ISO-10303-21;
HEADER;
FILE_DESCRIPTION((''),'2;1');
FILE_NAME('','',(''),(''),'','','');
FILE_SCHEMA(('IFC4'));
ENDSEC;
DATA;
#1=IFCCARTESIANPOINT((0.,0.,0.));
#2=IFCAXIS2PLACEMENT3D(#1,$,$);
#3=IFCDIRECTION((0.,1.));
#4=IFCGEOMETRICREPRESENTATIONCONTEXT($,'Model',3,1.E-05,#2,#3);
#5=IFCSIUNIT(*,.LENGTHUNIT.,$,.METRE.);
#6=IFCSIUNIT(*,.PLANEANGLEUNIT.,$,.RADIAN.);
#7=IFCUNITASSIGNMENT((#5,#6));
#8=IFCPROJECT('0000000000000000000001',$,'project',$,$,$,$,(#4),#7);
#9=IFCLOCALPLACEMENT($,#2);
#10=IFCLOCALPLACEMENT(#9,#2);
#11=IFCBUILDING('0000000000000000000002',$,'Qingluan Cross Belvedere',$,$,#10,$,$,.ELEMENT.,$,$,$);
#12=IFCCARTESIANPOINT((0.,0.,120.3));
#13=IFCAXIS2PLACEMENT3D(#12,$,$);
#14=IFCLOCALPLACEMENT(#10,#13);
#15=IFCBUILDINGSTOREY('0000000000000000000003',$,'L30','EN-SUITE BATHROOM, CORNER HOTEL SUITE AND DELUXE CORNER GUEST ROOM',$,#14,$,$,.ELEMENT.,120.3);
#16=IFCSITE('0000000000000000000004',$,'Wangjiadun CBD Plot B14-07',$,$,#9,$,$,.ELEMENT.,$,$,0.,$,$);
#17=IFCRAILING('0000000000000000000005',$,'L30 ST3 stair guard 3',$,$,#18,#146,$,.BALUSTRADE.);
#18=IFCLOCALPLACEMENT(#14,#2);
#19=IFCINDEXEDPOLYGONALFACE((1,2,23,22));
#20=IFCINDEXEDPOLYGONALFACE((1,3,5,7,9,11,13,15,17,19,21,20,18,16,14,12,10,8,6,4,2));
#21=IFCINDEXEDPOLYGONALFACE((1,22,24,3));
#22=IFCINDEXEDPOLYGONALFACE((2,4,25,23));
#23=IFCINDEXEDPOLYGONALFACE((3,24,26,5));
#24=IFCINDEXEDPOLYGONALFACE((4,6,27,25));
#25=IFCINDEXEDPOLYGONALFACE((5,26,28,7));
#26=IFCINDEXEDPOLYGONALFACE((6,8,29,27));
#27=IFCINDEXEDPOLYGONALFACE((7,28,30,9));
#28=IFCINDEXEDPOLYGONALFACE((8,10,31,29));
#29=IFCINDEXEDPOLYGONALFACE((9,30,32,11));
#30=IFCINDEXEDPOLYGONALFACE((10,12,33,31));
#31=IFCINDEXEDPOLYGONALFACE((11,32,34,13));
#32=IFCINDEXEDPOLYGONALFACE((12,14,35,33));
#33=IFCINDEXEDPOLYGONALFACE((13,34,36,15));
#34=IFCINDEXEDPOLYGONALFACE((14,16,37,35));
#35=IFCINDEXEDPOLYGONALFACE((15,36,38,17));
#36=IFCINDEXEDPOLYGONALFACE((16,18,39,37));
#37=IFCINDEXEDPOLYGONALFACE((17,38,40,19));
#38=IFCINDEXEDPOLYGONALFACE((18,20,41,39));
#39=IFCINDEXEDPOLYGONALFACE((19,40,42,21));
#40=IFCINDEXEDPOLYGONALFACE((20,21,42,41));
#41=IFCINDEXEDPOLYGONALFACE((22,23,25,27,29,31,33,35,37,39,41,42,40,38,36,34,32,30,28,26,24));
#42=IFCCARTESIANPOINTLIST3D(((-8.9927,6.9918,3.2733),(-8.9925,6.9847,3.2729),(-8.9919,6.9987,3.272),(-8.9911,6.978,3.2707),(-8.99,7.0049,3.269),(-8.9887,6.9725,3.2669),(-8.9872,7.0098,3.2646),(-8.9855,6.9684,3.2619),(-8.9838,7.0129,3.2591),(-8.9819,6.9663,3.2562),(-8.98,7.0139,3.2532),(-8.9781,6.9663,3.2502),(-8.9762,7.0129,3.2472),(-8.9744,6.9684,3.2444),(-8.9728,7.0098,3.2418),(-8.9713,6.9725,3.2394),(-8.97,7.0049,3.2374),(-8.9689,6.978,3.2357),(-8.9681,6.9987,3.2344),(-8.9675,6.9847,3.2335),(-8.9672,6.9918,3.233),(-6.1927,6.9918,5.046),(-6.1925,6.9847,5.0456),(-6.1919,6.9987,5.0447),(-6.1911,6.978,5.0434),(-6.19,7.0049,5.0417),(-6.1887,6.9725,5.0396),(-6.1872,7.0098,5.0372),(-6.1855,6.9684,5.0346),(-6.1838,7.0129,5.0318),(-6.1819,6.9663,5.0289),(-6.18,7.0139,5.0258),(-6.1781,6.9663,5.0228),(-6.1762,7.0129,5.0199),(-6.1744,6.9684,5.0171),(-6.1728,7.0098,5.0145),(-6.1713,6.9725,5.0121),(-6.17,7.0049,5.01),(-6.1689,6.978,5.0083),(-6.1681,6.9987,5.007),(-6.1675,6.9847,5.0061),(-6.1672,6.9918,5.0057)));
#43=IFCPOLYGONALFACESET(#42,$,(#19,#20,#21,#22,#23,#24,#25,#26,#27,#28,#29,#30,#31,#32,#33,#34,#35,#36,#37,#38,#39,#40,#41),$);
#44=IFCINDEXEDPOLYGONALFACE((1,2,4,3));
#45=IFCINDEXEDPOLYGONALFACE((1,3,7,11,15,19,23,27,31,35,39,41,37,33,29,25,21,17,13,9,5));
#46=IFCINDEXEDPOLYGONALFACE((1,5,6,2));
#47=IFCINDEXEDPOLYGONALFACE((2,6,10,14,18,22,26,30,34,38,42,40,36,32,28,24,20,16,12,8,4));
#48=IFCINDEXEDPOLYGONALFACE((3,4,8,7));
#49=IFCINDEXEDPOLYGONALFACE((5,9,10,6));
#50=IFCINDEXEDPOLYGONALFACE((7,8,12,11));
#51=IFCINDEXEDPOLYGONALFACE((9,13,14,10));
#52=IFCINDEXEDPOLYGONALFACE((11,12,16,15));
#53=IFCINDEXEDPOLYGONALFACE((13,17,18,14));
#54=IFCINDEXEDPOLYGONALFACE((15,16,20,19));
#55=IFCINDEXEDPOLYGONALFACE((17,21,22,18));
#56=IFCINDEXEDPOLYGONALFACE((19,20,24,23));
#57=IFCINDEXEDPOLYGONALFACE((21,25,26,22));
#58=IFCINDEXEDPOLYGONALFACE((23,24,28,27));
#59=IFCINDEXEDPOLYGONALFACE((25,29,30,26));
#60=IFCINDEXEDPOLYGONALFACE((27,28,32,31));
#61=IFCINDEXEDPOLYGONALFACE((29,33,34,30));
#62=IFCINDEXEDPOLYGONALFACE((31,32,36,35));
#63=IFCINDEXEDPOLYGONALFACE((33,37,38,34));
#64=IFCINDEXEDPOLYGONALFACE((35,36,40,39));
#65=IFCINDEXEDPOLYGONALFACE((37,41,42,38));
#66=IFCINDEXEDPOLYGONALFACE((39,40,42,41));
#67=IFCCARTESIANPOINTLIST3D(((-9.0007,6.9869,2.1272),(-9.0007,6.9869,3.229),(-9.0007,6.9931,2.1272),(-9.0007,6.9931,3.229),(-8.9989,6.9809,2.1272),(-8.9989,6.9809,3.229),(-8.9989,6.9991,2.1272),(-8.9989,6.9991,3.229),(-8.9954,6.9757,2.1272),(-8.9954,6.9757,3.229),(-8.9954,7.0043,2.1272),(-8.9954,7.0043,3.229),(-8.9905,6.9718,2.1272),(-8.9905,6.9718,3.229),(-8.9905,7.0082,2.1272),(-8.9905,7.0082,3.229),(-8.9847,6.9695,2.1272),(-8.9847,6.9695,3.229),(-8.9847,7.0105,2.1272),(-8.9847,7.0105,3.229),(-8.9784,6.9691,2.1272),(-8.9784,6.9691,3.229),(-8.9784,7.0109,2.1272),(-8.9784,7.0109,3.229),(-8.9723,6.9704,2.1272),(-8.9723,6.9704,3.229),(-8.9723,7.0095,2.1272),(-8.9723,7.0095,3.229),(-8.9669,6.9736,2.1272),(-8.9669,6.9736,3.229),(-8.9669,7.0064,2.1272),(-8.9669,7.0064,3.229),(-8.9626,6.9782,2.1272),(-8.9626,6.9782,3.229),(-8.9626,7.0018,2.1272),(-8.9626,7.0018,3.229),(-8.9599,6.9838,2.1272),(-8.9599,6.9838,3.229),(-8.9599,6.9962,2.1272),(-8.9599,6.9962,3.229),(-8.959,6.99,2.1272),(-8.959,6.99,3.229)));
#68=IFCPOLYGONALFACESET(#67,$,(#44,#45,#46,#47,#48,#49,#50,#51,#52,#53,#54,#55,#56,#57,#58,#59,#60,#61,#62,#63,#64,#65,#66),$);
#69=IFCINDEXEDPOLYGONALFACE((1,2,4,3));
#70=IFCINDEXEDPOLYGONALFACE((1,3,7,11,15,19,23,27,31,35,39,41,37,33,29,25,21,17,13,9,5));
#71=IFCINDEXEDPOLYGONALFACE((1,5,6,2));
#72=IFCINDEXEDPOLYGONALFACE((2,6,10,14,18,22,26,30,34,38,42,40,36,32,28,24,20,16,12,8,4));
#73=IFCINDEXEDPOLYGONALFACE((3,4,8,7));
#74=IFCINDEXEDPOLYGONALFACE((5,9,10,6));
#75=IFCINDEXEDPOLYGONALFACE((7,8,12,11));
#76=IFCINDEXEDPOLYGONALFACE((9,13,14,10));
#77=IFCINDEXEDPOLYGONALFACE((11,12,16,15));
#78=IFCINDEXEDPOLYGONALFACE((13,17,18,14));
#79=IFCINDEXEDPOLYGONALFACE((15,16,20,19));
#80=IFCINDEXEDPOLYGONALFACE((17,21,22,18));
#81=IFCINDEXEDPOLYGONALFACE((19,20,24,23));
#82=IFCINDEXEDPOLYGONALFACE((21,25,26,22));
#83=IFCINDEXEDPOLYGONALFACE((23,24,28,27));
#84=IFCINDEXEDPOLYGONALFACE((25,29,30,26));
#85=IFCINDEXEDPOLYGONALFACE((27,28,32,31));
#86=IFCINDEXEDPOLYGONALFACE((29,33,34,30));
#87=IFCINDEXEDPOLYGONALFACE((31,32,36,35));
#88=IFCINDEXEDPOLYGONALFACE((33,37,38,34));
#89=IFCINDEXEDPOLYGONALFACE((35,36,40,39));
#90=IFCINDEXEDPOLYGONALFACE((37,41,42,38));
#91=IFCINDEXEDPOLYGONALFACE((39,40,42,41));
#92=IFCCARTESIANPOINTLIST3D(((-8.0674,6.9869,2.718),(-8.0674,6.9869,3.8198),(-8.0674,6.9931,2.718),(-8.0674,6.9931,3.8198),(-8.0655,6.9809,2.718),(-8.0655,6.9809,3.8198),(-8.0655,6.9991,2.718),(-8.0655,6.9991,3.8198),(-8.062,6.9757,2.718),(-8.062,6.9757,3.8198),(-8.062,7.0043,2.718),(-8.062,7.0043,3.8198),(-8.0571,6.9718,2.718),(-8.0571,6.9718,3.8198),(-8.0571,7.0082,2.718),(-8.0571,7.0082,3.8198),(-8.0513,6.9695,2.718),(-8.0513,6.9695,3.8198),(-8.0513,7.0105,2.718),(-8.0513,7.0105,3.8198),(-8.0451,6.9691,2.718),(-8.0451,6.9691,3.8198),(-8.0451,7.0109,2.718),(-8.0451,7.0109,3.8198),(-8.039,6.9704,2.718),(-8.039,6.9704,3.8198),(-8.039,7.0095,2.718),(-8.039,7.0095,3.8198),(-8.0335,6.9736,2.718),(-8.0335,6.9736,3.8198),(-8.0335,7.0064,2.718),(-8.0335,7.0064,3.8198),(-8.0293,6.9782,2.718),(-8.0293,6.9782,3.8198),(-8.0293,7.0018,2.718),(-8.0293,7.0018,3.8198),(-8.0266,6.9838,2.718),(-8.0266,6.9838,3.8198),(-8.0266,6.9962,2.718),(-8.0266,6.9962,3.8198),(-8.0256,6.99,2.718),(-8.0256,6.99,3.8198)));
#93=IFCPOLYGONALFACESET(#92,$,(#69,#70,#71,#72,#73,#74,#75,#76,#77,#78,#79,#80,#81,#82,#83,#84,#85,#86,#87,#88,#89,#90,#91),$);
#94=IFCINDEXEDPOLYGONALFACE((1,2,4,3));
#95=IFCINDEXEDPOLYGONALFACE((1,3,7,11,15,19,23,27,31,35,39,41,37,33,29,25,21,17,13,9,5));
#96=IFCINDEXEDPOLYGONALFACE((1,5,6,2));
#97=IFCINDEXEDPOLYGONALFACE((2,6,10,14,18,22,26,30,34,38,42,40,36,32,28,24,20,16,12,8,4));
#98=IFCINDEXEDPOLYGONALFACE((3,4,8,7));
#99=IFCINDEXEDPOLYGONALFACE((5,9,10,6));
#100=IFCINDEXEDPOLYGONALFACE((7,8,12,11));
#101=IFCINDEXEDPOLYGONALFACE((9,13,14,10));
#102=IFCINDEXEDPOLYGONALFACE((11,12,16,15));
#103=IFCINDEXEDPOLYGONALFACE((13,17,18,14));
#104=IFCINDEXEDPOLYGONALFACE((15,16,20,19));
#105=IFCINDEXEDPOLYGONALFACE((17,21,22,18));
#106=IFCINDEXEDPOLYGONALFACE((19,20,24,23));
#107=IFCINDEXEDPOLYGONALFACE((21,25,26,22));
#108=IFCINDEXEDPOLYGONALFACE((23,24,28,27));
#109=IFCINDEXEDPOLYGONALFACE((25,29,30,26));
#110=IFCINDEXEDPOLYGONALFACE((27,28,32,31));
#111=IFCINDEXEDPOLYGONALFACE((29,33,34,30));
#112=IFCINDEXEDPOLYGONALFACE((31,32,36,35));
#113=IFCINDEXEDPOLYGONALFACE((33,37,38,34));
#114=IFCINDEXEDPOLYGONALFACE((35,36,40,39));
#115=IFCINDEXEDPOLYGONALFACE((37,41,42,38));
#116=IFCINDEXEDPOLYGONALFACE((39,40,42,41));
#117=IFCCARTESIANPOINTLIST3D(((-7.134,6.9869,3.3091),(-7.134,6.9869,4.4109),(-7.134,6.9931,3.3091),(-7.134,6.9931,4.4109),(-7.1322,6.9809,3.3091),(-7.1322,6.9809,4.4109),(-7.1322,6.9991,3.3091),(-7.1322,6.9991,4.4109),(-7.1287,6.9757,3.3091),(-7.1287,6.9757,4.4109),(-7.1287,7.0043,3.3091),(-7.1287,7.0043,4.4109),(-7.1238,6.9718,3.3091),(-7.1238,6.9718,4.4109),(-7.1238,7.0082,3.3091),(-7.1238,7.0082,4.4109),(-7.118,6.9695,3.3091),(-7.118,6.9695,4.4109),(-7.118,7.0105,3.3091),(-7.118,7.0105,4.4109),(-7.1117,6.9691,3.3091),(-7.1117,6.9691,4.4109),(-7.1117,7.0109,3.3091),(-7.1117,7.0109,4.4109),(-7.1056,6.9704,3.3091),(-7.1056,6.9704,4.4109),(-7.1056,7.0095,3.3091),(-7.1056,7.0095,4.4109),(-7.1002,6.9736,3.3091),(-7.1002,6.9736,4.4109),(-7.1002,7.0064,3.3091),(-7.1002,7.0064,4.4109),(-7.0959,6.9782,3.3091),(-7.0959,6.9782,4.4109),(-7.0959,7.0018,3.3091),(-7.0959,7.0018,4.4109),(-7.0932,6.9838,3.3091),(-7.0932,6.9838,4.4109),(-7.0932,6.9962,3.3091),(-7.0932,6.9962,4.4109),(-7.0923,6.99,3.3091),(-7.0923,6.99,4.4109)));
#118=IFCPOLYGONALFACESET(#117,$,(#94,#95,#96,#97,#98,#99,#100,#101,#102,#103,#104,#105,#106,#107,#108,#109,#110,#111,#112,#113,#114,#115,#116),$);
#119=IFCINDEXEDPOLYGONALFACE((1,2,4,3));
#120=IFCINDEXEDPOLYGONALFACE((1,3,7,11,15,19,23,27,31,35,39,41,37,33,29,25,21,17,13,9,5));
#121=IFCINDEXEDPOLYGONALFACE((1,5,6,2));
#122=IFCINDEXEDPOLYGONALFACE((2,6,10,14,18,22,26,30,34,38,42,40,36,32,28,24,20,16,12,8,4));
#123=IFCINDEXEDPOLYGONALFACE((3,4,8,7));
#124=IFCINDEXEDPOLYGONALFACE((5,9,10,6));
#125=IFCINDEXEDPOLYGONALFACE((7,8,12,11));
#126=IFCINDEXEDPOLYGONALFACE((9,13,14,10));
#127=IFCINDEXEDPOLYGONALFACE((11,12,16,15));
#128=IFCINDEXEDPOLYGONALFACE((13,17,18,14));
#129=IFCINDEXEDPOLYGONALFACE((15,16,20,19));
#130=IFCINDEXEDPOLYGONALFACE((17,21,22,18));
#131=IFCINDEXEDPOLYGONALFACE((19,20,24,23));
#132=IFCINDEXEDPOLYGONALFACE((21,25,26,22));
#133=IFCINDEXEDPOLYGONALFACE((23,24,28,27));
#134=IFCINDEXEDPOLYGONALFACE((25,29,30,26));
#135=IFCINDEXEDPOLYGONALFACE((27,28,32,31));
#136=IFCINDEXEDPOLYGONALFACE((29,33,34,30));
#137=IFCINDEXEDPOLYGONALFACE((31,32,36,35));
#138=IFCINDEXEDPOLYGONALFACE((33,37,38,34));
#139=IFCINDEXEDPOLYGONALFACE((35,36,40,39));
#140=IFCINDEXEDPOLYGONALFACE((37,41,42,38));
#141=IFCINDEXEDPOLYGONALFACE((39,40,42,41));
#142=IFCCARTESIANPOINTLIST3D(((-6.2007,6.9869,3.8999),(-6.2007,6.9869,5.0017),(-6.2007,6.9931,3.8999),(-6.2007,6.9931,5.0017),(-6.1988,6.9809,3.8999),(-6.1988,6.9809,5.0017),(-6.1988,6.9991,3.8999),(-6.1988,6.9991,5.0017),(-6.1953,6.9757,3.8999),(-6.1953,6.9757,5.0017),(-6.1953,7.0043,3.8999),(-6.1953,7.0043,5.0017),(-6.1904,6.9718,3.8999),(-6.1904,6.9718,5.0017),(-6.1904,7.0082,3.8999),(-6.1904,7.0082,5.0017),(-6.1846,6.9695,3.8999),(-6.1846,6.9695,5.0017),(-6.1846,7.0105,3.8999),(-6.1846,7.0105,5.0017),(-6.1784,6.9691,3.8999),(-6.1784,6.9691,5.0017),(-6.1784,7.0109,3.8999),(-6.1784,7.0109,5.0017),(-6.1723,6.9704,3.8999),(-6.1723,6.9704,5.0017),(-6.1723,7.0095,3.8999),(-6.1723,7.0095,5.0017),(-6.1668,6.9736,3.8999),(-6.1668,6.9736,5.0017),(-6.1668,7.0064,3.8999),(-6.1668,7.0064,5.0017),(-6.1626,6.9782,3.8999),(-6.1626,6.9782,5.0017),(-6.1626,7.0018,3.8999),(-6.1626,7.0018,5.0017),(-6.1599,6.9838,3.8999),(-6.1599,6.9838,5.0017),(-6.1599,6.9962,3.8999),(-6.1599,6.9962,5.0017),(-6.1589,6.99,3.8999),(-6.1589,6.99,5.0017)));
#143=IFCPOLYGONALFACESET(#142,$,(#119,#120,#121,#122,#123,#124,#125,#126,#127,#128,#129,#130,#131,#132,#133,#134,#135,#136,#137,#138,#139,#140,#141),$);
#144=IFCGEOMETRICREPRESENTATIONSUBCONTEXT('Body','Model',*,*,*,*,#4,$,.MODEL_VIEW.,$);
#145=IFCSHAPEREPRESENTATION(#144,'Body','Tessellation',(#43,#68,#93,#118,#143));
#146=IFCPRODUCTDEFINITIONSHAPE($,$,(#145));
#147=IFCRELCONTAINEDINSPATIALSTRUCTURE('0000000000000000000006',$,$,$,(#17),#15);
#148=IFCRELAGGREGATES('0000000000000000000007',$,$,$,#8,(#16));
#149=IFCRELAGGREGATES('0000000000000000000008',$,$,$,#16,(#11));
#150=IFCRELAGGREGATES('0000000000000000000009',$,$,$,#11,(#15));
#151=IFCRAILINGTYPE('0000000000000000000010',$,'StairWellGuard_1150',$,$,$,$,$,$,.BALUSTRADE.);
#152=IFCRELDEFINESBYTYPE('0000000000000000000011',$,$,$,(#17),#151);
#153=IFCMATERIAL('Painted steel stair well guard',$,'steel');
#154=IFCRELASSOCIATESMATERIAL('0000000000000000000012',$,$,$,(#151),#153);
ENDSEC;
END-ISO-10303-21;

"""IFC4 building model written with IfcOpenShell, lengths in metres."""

from ifc_helpers import new_model, si_unit, direction, frame, origin, origin_2d, place, context, subcontext, project, spatial, circle, extrude, material, type_object, element, save


model = new_model("IFC4")

# Units and contexts
model_context = context("Model", 3, precision=1e-05, world=origin(), true_north=direction((0.0, 1.0)))
body_context = subcontext(model_context, "Body", "Model", "MODEL_VIEW")
ifc_project = project(units=[si_unit("LENGTHUNIT", "METRE"), si_unit("PLANEANGLEUNIT", "RADIAN")], contexts=[model_context])

# Site, building, storey
site_placement = place(None, origin())
site = spatial("IfcSite", under=ifc_project, at=site_placement, Name="Wangjiadun CBD Plot B14-07", CompositionType="ELEMENT", RefElevation=0.0)
building_placement = place(site_placement, origin())
building = spatial("IfcBuilding", under=site, at=building_placement, Name="Qingluan Cross Belvedere", CompositionType="ELEMENT")
storey_placement = place(building_placement, frame((0.0, 0.0, 120.3)))
storey = spatial("IfcBuildingStorey", under=building, at=storey_placement, Name="L30", Description="EN-SUITE BATHROOM, CORNER HOTEL SUITE AND DELUXE CORNER GUEST ROOM", CompositionType="ELEMENT", Elevation=120.3)

# Railing
ifc_material_1 = material(Name="Painted steel stair well guard", Category="steel")
railing_type_1 = type_object("IfcRailingType", Name="StairWellGuard_1150", PredefinedType="BALUSTRADE", material=ifc_material_1)
railing_1_placement = place(storey_placement, frame((-8.98, 6.99, 2.1272)))
element("IfcRailing", 1, at=railing_1_placement, inside=storey, type_object=railing_type_1, Name="L30 ST3 stair guard 3", PredefinedType="BALUSTRADE", context=body_context, shape_type="SweptSolid", body=[
    extrude(circle(Radius=0.0239, at=origin_2d()), frame((0.0, 0.0, 1.126), z_axis=(0.844909, 0.0, 0.53491), x_axis=(0.0, 1.0, 0.0)), (0.0, 0.0, 1.0), 3.314),
    extrude(circle(Radius=0.021, at=origin_2d()), origin(), (0.0, 0.0, 1.0), 1.1018),
    extrude(circle(Radius=0.021, at=origin_2d()), frame((0.9333, 0.0, 0.5908)), (0.0, 0.0, 1.0), 1.1018),
    extrude(circle(Radius=0.021, at=origin_2d()), frame((1.8667, 0.0, 1.1819)), (0.0, 0.0, 1.0), 1.1018),
    extrude(circle(Radius=0.021, at=origin_2d()), frame((2.8, 0.0, 1.7727)), (0.0, 0.0, 1.0), 1.1018),
])

save(model, "model.ifc")
